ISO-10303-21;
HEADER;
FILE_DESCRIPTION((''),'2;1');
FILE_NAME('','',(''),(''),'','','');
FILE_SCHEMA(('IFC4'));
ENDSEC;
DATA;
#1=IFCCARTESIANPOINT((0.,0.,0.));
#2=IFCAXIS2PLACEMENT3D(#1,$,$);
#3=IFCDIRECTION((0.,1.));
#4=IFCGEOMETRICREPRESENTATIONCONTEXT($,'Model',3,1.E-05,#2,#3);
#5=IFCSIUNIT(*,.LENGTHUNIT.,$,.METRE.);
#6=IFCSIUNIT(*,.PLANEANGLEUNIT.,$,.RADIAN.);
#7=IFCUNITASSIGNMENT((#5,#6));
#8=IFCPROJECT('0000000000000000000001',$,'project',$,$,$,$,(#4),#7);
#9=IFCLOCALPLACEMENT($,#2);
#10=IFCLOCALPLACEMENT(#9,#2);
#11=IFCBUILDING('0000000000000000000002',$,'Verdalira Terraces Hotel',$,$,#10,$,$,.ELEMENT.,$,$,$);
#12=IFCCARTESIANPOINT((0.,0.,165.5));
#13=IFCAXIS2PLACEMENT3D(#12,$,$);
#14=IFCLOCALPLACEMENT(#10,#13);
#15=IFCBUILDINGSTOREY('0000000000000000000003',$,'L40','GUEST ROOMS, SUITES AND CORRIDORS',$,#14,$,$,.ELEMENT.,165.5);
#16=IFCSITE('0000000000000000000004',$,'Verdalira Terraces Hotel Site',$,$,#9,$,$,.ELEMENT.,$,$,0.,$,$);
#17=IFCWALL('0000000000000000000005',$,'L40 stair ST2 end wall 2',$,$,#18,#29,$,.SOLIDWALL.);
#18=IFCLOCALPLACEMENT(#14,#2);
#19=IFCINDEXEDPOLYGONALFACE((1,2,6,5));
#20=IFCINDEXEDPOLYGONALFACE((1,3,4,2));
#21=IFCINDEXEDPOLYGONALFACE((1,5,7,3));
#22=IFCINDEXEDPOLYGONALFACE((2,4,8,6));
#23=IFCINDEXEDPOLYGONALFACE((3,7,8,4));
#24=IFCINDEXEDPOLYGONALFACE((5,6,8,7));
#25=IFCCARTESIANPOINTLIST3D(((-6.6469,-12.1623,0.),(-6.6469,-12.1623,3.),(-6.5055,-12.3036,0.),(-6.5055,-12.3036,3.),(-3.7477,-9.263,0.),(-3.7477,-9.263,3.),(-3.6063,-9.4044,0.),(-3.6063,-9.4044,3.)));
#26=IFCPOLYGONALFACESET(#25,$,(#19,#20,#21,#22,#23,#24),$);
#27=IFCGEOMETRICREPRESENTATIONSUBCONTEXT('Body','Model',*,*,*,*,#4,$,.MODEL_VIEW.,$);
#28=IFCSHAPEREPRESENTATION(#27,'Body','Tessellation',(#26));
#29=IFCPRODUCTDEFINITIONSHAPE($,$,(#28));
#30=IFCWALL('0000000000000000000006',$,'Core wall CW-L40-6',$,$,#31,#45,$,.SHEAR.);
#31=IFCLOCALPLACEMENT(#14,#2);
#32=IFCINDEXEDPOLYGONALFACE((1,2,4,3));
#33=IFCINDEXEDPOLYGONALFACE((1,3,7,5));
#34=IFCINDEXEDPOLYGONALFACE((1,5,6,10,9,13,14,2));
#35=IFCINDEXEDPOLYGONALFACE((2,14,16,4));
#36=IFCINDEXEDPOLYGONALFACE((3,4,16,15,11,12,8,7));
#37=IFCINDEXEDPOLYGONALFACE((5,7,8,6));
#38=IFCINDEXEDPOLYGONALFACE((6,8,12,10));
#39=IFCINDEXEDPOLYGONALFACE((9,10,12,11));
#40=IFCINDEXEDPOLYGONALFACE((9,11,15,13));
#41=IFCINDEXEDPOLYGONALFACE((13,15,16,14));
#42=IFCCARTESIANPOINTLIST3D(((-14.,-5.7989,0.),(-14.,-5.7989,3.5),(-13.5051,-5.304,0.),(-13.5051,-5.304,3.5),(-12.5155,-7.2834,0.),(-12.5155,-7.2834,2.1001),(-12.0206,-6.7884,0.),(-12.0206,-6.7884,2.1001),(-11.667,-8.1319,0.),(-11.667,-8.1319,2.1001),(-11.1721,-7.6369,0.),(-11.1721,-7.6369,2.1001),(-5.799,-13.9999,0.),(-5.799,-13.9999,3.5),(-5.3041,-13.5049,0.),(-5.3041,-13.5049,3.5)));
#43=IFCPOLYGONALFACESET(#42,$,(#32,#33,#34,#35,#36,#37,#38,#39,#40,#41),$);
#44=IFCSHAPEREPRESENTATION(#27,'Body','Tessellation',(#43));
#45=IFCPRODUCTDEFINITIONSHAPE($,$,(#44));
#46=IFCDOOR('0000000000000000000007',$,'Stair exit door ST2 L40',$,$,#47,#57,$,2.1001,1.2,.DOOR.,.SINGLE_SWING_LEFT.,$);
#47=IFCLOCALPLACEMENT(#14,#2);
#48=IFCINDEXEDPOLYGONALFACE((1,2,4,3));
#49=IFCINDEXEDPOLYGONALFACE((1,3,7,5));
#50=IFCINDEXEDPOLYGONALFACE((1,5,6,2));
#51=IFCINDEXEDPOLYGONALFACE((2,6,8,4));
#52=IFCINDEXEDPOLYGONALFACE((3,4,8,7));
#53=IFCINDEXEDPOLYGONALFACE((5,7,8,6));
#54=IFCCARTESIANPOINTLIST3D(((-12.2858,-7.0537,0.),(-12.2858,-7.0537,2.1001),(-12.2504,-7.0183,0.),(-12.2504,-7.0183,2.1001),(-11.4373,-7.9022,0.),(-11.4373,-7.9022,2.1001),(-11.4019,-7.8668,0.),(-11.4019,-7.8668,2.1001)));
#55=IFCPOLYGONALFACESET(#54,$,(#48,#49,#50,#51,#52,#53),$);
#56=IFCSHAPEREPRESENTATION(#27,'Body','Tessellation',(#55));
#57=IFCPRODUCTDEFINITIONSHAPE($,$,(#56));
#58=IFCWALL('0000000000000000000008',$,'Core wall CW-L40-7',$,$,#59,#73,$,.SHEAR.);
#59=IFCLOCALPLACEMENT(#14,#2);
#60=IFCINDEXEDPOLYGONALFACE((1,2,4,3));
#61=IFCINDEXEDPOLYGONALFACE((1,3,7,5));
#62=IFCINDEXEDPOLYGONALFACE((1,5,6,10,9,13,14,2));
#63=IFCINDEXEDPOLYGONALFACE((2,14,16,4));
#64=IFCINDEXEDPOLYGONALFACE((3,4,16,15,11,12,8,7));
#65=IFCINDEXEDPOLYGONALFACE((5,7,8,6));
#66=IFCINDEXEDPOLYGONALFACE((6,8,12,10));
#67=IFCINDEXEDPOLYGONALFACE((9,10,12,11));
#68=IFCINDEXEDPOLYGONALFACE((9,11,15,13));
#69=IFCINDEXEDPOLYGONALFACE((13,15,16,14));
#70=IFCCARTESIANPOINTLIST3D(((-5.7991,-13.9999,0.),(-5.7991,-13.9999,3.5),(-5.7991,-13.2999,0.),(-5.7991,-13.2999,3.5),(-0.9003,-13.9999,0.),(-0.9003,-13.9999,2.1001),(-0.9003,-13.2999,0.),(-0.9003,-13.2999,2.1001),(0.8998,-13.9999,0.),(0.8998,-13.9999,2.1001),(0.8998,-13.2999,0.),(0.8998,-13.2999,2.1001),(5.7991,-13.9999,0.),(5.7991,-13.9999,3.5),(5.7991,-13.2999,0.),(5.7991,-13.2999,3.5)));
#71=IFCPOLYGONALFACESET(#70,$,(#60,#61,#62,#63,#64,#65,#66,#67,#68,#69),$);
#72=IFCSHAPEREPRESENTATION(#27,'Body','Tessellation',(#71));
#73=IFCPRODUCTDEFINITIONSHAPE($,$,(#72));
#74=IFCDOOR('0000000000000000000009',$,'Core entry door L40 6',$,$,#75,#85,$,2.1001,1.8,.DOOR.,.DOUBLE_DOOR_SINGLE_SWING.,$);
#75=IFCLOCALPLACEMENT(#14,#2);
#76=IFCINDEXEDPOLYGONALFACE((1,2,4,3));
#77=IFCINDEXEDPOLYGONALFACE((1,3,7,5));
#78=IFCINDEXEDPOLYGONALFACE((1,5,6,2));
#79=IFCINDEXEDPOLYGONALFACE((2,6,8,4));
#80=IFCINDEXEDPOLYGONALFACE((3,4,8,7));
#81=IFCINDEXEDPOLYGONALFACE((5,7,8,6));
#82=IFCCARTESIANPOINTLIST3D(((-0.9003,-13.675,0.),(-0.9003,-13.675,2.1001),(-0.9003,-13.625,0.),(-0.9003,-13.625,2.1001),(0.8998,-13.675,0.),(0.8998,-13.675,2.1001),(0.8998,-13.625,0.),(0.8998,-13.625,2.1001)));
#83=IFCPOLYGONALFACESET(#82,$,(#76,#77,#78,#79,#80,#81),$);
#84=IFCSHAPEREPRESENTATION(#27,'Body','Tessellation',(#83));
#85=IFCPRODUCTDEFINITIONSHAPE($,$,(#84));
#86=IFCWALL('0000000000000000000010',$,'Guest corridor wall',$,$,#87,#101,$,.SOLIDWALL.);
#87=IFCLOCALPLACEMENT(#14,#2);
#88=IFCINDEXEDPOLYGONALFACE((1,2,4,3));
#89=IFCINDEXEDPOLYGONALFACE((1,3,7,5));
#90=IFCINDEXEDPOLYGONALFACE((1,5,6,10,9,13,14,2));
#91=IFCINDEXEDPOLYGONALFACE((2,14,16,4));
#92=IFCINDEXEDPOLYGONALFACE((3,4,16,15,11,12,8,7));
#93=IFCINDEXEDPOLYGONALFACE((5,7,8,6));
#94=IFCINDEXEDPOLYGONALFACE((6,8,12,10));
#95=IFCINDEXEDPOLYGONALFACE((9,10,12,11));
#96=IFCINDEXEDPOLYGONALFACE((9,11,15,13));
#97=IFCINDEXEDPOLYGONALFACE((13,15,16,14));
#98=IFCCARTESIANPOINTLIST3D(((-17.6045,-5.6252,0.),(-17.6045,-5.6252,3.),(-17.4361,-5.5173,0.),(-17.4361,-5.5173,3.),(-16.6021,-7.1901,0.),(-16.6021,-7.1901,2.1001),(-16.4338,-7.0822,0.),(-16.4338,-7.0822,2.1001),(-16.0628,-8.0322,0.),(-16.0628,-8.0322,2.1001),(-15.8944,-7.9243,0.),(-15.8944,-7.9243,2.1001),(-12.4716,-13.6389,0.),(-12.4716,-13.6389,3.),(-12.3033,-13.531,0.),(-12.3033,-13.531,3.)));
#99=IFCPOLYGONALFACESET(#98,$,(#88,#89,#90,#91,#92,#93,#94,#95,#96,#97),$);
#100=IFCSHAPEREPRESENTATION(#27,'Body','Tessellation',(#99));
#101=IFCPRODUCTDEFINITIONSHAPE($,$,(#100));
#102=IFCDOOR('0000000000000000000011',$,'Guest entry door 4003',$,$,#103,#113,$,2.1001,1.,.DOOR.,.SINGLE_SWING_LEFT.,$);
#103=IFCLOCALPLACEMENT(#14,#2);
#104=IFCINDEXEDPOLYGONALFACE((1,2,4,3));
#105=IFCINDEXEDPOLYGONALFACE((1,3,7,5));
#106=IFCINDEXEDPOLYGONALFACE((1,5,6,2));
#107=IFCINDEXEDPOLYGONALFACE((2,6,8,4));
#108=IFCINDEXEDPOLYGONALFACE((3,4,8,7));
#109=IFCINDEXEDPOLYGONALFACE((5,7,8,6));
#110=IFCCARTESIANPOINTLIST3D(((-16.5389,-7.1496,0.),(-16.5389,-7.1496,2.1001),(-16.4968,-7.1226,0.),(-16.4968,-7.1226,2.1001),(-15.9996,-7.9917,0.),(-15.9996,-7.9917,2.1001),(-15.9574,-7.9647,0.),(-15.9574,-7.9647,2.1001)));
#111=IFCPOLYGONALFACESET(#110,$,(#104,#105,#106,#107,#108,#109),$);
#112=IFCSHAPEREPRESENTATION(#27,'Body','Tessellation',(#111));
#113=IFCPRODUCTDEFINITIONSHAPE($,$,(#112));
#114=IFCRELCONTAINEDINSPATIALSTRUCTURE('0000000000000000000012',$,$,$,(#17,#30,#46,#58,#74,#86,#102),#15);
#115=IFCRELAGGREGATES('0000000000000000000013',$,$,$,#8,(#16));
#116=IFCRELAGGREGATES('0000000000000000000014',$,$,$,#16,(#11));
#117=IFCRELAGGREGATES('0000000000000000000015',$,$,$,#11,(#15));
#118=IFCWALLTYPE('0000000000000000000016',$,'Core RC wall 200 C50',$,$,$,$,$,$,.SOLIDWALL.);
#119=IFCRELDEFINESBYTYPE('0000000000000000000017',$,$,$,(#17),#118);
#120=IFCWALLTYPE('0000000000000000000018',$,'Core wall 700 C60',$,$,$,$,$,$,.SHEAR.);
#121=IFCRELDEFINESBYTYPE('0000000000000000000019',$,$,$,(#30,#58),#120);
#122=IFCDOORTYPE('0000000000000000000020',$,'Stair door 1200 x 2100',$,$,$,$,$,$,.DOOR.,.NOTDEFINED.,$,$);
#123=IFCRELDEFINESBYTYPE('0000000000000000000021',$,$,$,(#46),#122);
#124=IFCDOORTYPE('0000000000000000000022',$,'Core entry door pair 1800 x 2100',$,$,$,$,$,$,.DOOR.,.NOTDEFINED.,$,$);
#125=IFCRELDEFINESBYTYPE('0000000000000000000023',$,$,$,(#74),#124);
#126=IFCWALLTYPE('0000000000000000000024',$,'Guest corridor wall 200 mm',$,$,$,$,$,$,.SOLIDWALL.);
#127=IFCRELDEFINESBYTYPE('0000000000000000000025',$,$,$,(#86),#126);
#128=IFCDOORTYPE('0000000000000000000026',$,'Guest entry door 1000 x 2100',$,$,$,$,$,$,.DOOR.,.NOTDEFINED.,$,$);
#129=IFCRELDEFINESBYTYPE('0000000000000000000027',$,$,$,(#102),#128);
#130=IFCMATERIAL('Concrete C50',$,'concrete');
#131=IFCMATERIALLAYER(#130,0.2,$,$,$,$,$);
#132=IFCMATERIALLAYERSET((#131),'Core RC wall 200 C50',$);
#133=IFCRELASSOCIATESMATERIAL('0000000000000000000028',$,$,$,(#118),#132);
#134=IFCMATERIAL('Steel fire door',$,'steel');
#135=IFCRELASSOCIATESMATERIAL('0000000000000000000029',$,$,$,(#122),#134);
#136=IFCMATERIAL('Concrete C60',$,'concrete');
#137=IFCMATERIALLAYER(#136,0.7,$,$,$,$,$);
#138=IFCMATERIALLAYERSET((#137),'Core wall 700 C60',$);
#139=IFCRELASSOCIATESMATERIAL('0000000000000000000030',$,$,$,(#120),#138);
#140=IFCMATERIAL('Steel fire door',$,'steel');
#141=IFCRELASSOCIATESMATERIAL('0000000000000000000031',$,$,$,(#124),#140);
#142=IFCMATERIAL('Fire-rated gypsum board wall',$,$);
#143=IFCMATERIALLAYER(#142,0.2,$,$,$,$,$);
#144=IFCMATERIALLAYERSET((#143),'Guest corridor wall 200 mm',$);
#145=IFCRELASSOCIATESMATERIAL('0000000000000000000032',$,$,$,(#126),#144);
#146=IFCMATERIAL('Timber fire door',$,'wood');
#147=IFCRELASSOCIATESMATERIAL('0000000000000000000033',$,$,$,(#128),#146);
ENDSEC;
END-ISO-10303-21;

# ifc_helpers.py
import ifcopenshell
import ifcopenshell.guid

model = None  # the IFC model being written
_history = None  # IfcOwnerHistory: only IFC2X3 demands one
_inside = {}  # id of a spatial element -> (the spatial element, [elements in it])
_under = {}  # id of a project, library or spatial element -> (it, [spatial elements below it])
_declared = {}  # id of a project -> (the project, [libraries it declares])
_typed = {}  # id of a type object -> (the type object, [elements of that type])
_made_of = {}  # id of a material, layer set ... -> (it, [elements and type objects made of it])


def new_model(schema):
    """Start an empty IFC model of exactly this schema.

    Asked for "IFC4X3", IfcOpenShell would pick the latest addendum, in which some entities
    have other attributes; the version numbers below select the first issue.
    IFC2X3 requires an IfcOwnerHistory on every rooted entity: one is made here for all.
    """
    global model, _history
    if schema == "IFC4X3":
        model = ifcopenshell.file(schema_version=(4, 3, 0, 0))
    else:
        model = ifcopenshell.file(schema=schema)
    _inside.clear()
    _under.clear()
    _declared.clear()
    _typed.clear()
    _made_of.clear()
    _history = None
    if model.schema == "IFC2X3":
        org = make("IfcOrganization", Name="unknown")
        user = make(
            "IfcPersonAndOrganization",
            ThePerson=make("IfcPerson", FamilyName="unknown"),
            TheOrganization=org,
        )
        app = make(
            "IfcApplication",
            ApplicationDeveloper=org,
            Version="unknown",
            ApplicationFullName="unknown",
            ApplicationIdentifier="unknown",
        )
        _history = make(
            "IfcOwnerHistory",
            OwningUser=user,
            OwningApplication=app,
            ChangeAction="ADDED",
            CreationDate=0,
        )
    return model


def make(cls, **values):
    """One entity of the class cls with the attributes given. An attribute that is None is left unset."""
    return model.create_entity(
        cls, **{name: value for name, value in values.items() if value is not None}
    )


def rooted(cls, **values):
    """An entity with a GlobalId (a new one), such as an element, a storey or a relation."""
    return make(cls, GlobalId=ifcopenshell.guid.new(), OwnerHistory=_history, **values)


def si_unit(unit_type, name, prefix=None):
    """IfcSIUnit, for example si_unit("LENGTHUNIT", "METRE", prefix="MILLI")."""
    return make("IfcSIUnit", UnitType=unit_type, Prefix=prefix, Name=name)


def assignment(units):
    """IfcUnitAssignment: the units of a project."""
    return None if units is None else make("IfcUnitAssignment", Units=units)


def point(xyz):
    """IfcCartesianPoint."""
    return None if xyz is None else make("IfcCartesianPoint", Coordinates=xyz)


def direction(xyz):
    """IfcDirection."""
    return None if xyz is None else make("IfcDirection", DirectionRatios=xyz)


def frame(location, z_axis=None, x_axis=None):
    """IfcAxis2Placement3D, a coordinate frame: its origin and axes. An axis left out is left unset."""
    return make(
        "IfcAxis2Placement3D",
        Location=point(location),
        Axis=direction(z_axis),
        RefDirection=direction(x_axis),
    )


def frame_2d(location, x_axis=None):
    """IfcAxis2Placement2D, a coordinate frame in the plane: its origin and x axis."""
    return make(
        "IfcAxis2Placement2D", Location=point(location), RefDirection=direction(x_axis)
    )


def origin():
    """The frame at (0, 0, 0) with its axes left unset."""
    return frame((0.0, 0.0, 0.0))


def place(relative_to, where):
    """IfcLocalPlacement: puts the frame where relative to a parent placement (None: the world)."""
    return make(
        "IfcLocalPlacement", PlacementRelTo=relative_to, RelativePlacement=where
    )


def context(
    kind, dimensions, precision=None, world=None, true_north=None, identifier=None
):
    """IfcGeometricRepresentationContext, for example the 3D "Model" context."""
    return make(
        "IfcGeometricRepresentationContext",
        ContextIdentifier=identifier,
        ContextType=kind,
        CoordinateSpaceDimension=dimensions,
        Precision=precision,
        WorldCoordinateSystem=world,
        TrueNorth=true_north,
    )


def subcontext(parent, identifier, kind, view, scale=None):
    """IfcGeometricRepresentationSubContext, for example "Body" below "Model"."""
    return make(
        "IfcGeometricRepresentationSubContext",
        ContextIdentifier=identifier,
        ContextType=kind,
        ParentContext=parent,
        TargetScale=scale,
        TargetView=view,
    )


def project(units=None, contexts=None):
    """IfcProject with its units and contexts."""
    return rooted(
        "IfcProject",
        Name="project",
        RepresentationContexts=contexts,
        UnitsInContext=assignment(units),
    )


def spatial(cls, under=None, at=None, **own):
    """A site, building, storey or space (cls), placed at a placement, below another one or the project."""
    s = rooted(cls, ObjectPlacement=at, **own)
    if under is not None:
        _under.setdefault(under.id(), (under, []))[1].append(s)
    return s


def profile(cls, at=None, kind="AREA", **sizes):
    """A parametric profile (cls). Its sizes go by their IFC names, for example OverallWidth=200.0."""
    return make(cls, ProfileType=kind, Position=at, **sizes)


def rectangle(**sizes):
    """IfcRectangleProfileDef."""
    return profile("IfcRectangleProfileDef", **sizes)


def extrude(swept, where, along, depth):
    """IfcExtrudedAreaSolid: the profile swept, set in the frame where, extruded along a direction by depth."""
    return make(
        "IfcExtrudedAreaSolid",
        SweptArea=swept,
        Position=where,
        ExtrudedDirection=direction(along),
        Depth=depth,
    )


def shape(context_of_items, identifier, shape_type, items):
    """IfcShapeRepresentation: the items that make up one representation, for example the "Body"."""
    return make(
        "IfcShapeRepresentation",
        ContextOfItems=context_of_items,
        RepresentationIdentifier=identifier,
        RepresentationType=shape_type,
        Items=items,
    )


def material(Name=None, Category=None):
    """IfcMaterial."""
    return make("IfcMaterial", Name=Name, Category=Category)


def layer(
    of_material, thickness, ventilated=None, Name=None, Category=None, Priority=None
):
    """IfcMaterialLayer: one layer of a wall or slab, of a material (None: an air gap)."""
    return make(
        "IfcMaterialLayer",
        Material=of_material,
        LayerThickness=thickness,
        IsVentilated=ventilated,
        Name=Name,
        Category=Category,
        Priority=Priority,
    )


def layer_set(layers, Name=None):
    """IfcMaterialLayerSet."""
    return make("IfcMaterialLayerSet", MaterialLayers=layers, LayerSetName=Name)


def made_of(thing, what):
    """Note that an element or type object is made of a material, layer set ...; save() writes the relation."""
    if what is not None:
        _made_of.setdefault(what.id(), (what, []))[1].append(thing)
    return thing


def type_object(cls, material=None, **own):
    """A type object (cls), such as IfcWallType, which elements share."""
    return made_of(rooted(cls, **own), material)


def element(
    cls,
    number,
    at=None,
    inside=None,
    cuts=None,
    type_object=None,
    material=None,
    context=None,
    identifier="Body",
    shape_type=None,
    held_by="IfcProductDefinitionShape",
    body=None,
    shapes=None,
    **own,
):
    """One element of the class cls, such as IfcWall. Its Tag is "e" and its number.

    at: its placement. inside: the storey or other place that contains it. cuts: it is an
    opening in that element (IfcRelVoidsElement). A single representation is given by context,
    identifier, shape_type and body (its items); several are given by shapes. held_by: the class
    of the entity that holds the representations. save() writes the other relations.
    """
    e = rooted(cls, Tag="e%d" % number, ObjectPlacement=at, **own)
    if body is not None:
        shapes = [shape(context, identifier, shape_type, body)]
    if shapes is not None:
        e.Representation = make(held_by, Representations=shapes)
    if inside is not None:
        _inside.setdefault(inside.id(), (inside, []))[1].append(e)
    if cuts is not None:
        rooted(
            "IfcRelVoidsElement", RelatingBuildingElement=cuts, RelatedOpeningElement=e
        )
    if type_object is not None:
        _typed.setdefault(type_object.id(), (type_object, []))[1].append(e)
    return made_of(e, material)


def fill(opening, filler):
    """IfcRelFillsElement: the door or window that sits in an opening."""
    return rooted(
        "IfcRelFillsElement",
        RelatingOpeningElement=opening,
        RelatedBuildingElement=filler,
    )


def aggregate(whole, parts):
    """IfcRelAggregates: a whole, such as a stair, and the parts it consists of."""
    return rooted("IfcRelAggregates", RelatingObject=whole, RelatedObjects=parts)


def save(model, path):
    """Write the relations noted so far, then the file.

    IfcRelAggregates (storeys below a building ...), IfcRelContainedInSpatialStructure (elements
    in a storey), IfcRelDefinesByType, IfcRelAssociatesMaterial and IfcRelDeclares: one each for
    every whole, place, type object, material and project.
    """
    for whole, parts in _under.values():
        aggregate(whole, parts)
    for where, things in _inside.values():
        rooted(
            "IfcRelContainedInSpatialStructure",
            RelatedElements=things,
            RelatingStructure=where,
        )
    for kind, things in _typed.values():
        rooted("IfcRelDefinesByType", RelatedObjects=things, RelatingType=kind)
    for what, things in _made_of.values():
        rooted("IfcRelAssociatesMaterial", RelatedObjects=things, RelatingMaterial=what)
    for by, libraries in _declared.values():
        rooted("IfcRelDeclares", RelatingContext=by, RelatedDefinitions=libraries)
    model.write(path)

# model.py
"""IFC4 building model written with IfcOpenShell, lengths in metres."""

from ifc_helpers import new_model, si_unit, direction, frame, frame_2d, origin, place, context, subcontext, project, spatial, rectangle, extrude, material, layer, layer_set, type_object, element, fill, save


model = new_model("IFC4")

# Units and contexts
model_context = context("Model", 3, precision=1e-05, world=origin(), true_north=direction((0.0, 1.0)))
body_context = subcontext(model_context, "Body", "Model", "MODEL_VIEW")
ifc_project = project(units=[si_unit("LENGTHUNIT", "METRE"), si_unit("PLANEANGLEUNIT", "RADIAN")], contexts=[model_context])

# Site, building, storey
site_placement = place(None, origin())
site = spatial("IfcSite", under=ifc_project, at=site_placement, Name="Verdalira Terraces Hotel Site", CompositionType="ELEMENT", RefElevation=0.0)
building_placement = place(site_placement, origin())
building = spatial("IfcBuilding", under=site, at=building_placement, Name="Verdalira Terraces Hotel", CompositionType="ELEMENT")
storey_placement = place(building_placement, frame((0.0, 0.0, 165.5)))
storey = spatial("IfcBuildingStorey", under=building, at=storey_placement, Name="L40", Description="GUEST ROOMS, SUITES AND CORRIDORS", CompositionType="ELEMENT", Elevation=165.5)

# Shared definitions
ifc_material_1 = material(Name="Concrete C50", Category="concrete")
ifc_layer_1 = layer(ifc_material_1, 0.2)
ifc_layer_set_1 = layer_set([ifc_layer_1], Name="Core RC wall 200 C50")
wall_type_1 = type_object("IfcWallType", Name="Core RC wall 200 C50", PredefinedType="SOLIDWALL", material=ifc_layer_set_1)
ifc_material_2 = material(Name="Steel fire door", Category="steel")
door_type_1 = type_object("IfcDoorType", Name="Stair door 1200 x 2100", OperationType="NOTDEFINED", PredefinedType="DOOR", material=ifc_material_2)

# Wall
for number, where, z_axis, x_axis, name in (
    (1, (-3.677, -9.3337, 0.0), (0.0, 0.0, 1.0), (-0.707107, -0.707107, 0.0), "L40 stair ST2 end wall 2"),
):
    element("IfcWall", number, at=place(storey_placement, frame(where, z_axis=z_axis, x_axis=x_axis)), inside=storey, type_object=wall_type_1, Name=name, PredefinedType="SOLIDWALL", context=body_context, shape_type="SweptSolid", body=[
        extrude(rectangle(XDim=4.1001, YDim=0.2, at=frame_2d((2.05, 0.0))), origin(), (0.0, 0.0, 1.0), 3.0),
    ])

# Walls, openings, doors
ifc_material_3 = material(Name="Concrete C60", Category="concrete")
ifc_layer_2 = layer(ifc_material_3, 0.7)
ifc_layer_set_2 = layer_set([ifc_layer_2], Name="Core wall 700 C60")
wall_type_2 = type_object("IfcWallType", Name="Core wall 700 C60", PredefinedType="SHEAR", material=ifc_layer_set_2)
wall_1_placement = place(storey_placement, frame((-13.7524, -5.5515, 0.0), z_axis=(0.0, 0.0, 1.0), x_axis=(0.707107, -0.707107, 0.0)))
wall_1 = element("IfcWall", 2, at=wall_1_placement, inside=storey, type_object=wall_type_2, Name="Core wall CW-L40-6", PredefinedType="SHEAR", context=body_context, shape_type="SweptSolid", body=[
    extrude(rectangle(XDim=11.5979, YDim=0.7, at=frame_2d((5.7988, 0.0))), origin(), (0.0, 0.0, 1.0), 3.5),
])
opening_1_placement = place(wall_1_placement, frame((2.0991, 0.0, 0.0)))
opening_1 = element("IfcOpeningElement", 3, at=opening_1_placement, cuts=wall_1, PredefinedType="OPENING", context=body_context, shape_type="SweptSolid", body=[
    extrude(rectangle(XDim=1.2, YDim=2.1001, at=frame_2d((0.6001, 1.05))), frame((0.0, 0.3599, 0.0), z_axis=(0.0, -1.0, 0.0), x_axis=(1.0, 0.0, 0.0)), (0.0, 0.0, 1.0), 0.72),
])
door_1_placement = place(opening_1_placement, origin())
door_1 = element("IfcDoor", 4, at=door_1_placement, inside=storey, type_object=door_type_1, Name="Stair exit door ST2 L40", OperationType="SINGLE_SWING_LEFT", OverallHeight=2.1001, OverallWidth=1.2, PredefinedType="DOOR", context=body_context, shape_type="SweptSolid", body=[
    extrude(rectangle(XDim=1.2, YDim=2.1001, at=frame_2d((0.6001, 1.05))), frame((0.0, 0.0249, 0.0), z_axis=(0.0, -1.0, 0.0), x_axis=(1.0, 0.0, 0.0)), (0.0, 0.0, 1.0), 0.05),
])
fill(opening_1, door_1)
wall_2_placement = place(storey_placement, frame((-5.7991, -13.6499, 0.0), z_axis=(0.0, 0.0, 1.0), x_axis=(1.0, 0.0, 0.0)))
wall_2 = element("IfcWall", 5, at=wall_2_placement, inside=storey, type_object=wall_type_2, Name="Core wall CW-L40-7", PredefinedType="SHEAR", context=body_context, shape_type="SweptSolid", body=[
    extrude(rectangle(XDim=11.5981, YDim=0.7, at=frame_2d((5.7991, 0.0))), origin(), (0.0, 0.0, 1.0), 3.5),
])
opening_2_placement = place(wall_2_placement, frame((4.8989, 0.0, 0.0)))
opening_2 = element("IfcOpeningElement", 6, at=opening_2_placement, cuts=wall_2, PredefinedType="OPENING", context=body_context, shape_type="SweptSolid", body=[
    extrude(rectangle(XDim=1.8, YDim=2.1001, at=frame_2d((0.8999, 1.05))), frame((0.0, 0.3599, 0.0), z_axis=(0.0, -1.0, 0.0), x_axis=(1.0, 0.0, 0.0)), (0.0, 0.0, 1.0), 0.72),
])
ifc_material_4 = material(Name="Steel fire door", Category="steel")
door_type_2 = type_object("IfcDoorType", Name="Core entry door pair 1800 x 2100", OperationType="NOTDEFINED", PredefinedType="DOOR", material=ifc_material_4)
door_2_placement = place(opening_2_placement, origin())
door_2 = element("IfcDoor", 7, at=door_2_placement, inside=storey, type_object=door_type_2, Name="Core entry door L40 6", OperationType="DOUBLE_DOOR_SINGLE_SWING", OverallHeight=2.1001, OverallWidth=1.8, PredefinedType="DOOR", context=body_context, shape_type="SweptSolid", body=[
    extrude(rectangle(XDim=1.8, YDim=2.1001, at=frame_2d((0.8999, 1.05))), frame((0.0, 0.0249, 0.0), z_axis=(0.0, -1.0, 0.0), x_axis=(1.0, 0.0, 0.0)), (0.0, 0.0, 1.0), 0.05),
])
fill(opening_2, door_2)
ifc_material_5 = material(Name="Fire-rated gypsum board wall")
ifc_layer_3 = layer(ifc_material_5, 0.2)
ifc_layer_set_3 = layer_set([ifc_layer_3], Name="Guest corridor wall 200 mm")
wall_type_3 = type_object("IfcWallType", Name="Guest corridor wall 200 mm", PredefinedType="SOLIDWALL", material=ifc_layer_set_3)
wall_3_placement = place(storey_placement, frame((-12.3875, -13.585, 0.0), z_axis=(0.0, 0.0, 1.0), x_axis=(-0.539357, 0.842078, 0.0)))
wall_3 = element("IfcWall", 8, at=wall_3_placement, inside=storey, type_object=wall_type_3, Name="Guest corridor wall", PredefinedType="SOLIDWALL", context=body_context, shape_type="SweptSolid", body=[
    extrude(rectangle(XDim=9.5166, YDim=0.2, at=frame_2d((4.7583, 0.0))), origin(), (0.0, 0.0, 1.0), 3.0),
])
opening_3_placement = place(wall_3_placement, frame((6.6582, 0.0, 0.0)))
opening_3 = element("IfcOpeningElement", 9, at=opening_3_placement, cuts=wall_3, PredefinedType="OPENING", context=body_context, shape_type="SweptSolid", body=[
    extrude(rectangle(XDim=1.0, YDim=2.1001, at=frame_2d((0.5, 1.05))), frame((0.0, 0.1099, 0.0), z_axis=(0.0, -1.0, 0.0), x_axis=(1.0, 0.0, 0.0)), (0.0, 0.0, 1.0), 0.22),
])
ifc_material_6 = material(Name="Timber fire door", Category="wood")
door_type_3 = type_object("IfcDoorType", Name="Guest entry door 1000 x 2100", OperationType="NOTDEFINED", PredefinedType="DOOR", material=ifc_material_6)
door_3_placement = place(opening_3_placement, origin())
door_3 = element("IfcDoor", 10, at=door_3_placement, inside=storey, type_object=door_type_3, Name="Guest entry door 4003", OperationType="SINGLE_SWING_LEFT", OverallHeight=2.1001, OverallWidth=1.0, PredefinedType="DOOR", context=body_context, shape_type="SweptSolid", body=[
    extrude(rectangle(XDim=1.0, YDim=2.1001, at=frame_2d((0.5, 1.05))), frame((0.0, 0.0249, 0.0), z_axis=(0.0, -1.0, 0.0), x_axis=(1.0, 0.0, 0.0)), (0.0, 0.0, 1.0), 0.05),
])
fill(opening_3, door_3)

save(model, "model.ifc")
